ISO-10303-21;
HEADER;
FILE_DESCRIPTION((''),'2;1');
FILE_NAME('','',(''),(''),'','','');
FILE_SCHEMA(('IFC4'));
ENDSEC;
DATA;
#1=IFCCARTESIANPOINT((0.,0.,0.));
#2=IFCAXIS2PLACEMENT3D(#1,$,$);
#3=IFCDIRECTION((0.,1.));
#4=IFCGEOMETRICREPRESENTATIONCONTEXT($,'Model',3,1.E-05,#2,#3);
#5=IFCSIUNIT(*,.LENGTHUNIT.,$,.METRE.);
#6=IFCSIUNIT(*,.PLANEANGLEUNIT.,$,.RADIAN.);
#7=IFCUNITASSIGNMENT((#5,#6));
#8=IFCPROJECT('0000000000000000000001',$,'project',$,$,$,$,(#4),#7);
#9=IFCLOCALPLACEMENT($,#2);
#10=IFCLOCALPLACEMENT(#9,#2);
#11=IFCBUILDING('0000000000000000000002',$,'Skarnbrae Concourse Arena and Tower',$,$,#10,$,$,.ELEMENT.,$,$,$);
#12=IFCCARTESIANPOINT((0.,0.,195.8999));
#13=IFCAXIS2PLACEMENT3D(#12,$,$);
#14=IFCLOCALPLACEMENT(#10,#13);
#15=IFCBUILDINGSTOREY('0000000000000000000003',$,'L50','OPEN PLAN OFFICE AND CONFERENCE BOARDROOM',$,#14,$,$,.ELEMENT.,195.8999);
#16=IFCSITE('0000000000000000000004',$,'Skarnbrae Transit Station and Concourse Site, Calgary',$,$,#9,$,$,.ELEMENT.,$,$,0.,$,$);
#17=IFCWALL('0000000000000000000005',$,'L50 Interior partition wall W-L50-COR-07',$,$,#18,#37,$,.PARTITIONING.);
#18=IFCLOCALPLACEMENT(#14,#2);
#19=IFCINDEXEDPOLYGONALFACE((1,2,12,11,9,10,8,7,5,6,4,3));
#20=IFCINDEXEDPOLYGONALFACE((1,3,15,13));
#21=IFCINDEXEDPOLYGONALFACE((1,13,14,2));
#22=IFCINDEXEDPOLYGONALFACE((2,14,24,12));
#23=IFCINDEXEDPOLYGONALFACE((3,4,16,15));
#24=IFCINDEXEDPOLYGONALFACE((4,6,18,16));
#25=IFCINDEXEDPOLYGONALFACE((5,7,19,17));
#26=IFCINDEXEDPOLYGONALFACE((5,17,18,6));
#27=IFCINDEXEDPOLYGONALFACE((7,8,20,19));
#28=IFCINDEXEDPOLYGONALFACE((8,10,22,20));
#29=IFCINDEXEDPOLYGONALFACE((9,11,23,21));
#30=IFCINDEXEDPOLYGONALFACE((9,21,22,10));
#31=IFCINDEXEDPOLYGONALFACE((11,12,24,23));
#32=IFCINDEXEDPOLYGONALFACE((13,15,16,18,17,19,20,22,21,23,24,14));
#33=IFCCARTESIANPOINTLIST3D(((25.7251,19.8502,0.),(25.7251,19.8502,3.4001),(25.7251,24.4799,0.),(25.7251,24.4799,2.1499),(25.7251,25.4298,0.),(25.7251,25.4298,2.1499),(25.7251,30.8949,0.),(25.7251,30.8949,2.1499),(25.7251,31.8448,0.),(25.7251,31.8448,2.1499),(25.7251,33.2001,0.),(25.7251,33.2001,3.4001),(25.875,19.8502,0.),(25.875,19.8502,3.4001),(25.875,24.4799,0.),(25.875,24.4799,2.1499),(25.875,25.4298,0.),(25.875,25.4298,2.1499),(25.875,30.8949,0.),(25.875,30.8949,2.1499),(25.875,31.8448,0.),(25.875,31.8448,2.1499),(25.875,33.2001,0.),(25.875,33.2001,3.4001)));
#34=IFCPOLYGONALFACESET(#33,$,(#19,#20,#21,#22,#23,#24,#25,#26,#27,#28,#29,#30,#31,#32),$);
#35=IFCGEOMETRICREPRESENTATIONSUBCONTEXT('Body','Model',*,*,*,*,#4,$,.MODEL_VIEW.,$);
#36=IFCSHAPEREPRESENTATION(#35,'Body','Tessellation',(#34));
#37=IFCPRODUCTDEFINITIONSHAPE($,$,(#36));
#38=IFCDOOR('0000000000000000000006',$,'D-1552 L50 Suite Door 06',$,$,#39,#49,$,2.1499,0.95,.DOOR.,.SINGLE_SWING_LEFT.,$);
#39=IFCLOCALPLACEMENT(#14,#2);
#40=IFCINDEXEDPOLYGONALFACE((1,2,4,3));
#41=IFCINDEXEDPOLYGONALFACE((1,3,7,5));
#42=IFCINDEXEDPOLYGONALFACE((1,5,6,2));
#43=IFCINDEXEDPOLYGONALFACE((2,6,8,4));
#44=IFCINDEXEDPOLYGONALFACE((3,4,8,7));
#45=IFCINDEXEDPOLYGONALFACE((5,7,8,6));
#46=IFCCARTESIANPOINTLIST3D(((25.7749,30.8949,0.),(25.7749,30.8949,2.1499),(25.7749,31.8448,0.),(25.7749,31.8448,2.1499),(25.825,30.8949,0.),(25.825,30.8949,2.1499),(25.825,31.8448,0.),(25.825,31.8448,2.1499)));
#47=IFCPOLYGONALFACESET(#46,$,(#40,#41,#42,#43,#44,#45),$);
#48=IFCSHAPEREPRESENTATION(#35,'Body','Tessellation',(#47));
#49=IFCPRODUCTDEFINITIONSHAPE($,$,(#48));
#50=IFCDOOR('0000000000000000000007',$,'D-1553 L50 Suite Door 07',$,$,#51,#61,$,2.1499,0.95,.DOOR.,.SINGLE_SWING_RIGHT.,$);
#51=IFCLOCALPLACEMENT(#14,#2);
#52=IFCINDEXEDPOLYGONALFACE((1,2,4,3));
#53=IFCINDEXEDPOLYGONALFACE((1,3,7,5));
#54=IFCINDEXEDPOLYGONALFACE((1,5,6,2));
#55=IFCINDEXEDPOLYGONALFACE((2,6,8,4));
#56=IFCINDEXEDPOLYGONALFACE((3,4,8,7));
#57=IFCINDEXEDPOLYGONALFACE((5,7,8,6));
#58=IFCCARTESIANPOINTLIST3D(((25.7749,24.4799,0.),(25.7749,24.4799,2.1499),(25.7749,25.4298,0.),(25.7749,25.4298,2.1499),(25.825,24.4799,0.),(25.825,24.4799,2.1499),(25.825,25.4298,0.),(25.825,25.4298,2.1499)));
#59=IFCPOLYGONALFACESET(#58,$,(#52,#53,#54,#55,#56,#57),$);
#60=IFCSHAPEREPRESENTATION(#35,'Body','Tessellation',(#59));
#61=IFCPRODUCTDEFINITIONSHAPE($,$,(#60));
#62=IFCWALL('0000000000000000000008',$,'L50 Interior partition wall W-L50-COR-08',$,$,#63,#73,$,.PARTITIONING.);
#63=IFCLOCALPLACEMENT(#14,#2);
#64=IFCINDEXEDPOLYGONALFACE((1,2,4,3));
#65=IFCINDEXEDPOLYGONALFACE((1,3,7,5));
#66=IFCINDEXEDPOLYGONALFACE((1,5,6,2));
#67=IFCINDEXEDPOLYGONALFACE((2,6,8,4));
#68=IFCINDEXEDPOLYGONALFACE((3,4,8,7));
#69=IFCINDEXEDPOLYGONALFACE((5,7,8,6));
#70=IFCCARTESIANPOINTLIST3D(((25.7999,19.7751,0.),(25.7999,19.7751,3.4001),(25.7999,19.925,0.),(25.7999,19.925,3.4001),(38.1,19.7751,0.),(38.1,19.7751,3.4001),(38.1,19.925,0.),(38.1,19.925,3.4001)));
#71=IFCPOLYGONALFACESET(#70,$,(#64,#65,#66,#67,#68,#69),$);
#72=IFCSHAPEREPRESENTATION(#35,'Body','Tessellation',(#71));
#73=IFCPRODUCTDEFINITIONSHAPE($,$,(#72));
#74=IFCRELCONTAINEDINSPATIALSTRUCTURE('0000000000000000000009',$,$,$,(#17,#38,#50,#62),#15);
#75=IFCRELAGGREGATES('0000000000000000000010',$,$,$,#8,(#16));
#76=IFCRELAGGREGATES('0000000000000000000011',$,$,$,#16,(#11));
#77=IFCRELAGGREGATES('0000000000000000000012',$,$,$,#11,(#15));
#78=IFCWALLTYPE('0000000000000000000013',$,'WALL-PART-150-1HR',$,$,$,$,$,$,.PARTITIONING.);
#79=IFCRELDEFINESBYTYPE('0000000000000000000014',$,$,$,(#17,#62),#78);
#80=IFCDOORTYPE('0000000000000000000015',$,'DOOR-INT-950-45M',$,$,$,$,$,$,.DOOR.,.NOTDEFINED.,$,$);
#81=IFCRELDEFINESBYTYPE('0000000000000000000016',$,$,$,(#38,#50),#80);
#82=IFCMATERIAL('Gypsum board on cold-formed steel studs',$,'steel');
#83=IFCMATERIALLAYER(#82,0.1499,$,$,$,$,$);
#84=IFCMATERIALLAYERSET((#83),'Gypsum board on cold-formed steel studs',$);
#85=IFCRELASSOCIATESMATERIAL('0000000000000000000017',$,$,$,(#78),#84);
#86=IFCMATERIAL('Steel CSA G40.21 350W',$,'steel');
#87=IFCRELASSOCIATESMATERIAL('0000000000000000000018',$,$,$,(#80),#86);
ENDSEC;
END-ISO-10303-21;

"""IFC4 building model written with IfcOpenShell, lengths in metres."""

from ifc_helpers import new_model, si_unit, direction, frame, frame_2d, origin, place, context, subcontext, project, spatial, rectangle, extrude, source, transform, mapped, material, layer, layer_set, type_object, element, fill, save


model = new_model("IFC4")

# Units and contexts
model_context = context("Model", 3, precision=1e-05, world=origin(), true_north=direction((0.0, 1.0)))
body_context = subcontext(model_context, "Body", "Model", "MODEL_VIEW")
ifc_project = project(units=[si_unit("LENGTHUNIT", "METRE"), si_unit("PLANEANGLEUNIT", "RADIAN")], contexts=[model_context])

# Site, building, storey
site_placement = place(None, origin())
site = spatial("IfcSite", under=ifc_project, at=site_placement, Name="Skarnbrae Transit Station and Concourse Site, Calgary", CompositionType="ELEMENT", RefElevation=0.0)
building_placement = place(site_placement, origin())
building = spatial("IfcBuilding", under=site, at=building_placement, Name="Skarnbrae Concourse Arena and Tower", CompositionType="ELEMENT")
storey_placement = place(building_placement, frame((0.0, 0.0, 195.8999)))
storey = spatial("IfcBuildingStorey", under=building, at=storey_placement, Name="L50", Description="OPEN PLAN OFFICE AND CONFERENCE BOARDROOM", CompositionType="ELEMENT", Elevation=195.8999)

# Shared definitions
ifc_material_1 = material(Name="Steel CSA G40.21 350W", Category="steel")

# Shared definitions
ifc_material_2 = material(Name="Gypsum board on cold-formed steel studs", Category="steel")
ifc_layer = layer(ifc_material_2, 0.1499)
ifc_layer_set = layer_set([ifc_layer], Name="Gypsum board on cold-formed steel studs")
wall_type = type_object("IfcWallType", Name="WALL-PART-150-1HR", PredefinedType="PARTITIONING", material=ifc_layer_set)

# Wall, openings, doors
shared_shape_1 = source(origin(), body_context, "Body", "SweptSolid", [
    extrude(rectangle(XDim=13.3499, YDim=0.1499, at=frame_2d((6.6748, 0.0))), origin(), (0.0, 0.0, 1.0), 3.4001),
])
door_type = type_object("IfcDoorType", Name="DOOR-INT-950-45M", OperationType="NOTDEFINED", PredefinedType="DOOR", material=ifc_material_1)
shared_shape_2 = source(origin(), body_context, "Body", "SweptSolid", [
    extrude(rectangle(XDim=0.95, YDim=2.1499, at=frame_2d((0.4751, 1.075))), frame((0.0, 0.0249, 0.0), z_axis=(0.0, -1.0, 0.0), x_axis=(1.0, 0.0, 0.0)), (0.0, 0.0, 1.0), 0.05),
])
wall_1_placement = place(storey_placement, frame((25.8, 33.2, 0.0), z_axis=(0.0, 0.0, 1.0), x_axis=(0.0, -1.0, 0.0)))
wall_1 = element("IfcWall", 1, at=wall_1_placement, inside=storey, type_object=wall_type, Name="L50 Interior partition wall W-L50-COR-07", PredefinedType="PARTITIONING", context=body_context, shape_type="MappedRepresentation", body=[
    mapped(shared_shape_1, transform((0.0, 0.0, 0.0))),
])
opening_1_placement = place(wall_1_placement, frame((1.355, 0.0, 0.0)))
opening_1 = element("IfcOpeningElement", 2, at=opening_1_placement, cuts=wall_1, PredefinedType="OPENING", context=body_context, shape_type="SweptSolid", body=[
    extrude(rectangle(XDim=0.95, YDim=2.1499, at=frame_2d((0.4751, 1.075))), frame((0.0, 0.085, 0.0), z_axis=(0.0, -1.0, 0.0), x_axis=(1.0, 0.0, 0.0)), (0.0, 0.0, 1.0), 0.1699),
])
opening_2_placement = place(wall_1_placement, frame((7.77, 0.0, 0.0)))
opening_2 = element("IfcOpeningElement", 3, at=opening_2_placement, cuts=wall_1, PredefinedType="OPENING", context=body_context, shape_type="SweptSolid", body=[
    extrude(rectangle(XDim=0.95, YDim=2.1499, at=frame_2d((0.4751, 1.075))), frame((0.0, 0.085, 0.0), z_axis=(0.0, -1.0, 0.0), x_axis=(1.0, 0.0, 0.0)), (0.0, 0.0, 1.0), 0.1699),
])
door_1_placement = place(opening_1_placement, origin())
door_1 = element("IfcDoor", 4, at=door_1_placement, inside=storey, type_object=door_type, Name="D-1552 L50 Suite Door 06", OperationType="SINGLE_SWING_LEFT", OverallHeight=2.1499, OverallWidth=0.95, PredefinedType="DOOR", context=body_context, shape_type="MappedRepresentation", body=[
    mapped(shared_shape_2, transform((0.0, 0.0, 0.0))),
])
fill(opening_1, door_1)
door_2_placement = place(opening_2_placement, origin())
door_2 = element("IfcDoor", 5, at=door_2_placement, inside=storey, type_object=door_type, Name="D-1553 L50 Suite Door 07", OperationType="SINGLE_SWING_RIGHT", OverallHeight=2.1499, OverallWidth=0.95, PredefinedType="DOOR", context=body_context, shape_type="MappedRepresentation", body=[
    mapped(shared_shape_2, transform((0.0, 0.0, 0.0))),
])
fill(opening_2, door_2)

# Wall
shared_shape_3 = source(origin(), body_context, "Body", "SweptSolid", [
    extrude(rectangle(XDim=12.3, YDim=0.1499, at=frame_2d((6.1499, 0.0))), origin(), (0.0, 0.0, 1.0), 3.4001),
])
wall_2_placement = place(storey_placement, frame((25.8, 19.8501, 0.0), z_axis=(0.0, 0.0, 1.0), x_axis=(1.0, 0.0, 0.0)))
element("IfcWall", 6, at=wall_2_placement, inside=storey, type_object=wall_type, Name="L50 Interior partition wall W-L50-COR-08", PredefinedType="PARTITIONING", context=body_context, shape_type="MappedRepresentation", body=[
    mapped(shared_shape_3, transform((0.0, 0.0, 0.0))),
])

save(model, "model.ifc")
